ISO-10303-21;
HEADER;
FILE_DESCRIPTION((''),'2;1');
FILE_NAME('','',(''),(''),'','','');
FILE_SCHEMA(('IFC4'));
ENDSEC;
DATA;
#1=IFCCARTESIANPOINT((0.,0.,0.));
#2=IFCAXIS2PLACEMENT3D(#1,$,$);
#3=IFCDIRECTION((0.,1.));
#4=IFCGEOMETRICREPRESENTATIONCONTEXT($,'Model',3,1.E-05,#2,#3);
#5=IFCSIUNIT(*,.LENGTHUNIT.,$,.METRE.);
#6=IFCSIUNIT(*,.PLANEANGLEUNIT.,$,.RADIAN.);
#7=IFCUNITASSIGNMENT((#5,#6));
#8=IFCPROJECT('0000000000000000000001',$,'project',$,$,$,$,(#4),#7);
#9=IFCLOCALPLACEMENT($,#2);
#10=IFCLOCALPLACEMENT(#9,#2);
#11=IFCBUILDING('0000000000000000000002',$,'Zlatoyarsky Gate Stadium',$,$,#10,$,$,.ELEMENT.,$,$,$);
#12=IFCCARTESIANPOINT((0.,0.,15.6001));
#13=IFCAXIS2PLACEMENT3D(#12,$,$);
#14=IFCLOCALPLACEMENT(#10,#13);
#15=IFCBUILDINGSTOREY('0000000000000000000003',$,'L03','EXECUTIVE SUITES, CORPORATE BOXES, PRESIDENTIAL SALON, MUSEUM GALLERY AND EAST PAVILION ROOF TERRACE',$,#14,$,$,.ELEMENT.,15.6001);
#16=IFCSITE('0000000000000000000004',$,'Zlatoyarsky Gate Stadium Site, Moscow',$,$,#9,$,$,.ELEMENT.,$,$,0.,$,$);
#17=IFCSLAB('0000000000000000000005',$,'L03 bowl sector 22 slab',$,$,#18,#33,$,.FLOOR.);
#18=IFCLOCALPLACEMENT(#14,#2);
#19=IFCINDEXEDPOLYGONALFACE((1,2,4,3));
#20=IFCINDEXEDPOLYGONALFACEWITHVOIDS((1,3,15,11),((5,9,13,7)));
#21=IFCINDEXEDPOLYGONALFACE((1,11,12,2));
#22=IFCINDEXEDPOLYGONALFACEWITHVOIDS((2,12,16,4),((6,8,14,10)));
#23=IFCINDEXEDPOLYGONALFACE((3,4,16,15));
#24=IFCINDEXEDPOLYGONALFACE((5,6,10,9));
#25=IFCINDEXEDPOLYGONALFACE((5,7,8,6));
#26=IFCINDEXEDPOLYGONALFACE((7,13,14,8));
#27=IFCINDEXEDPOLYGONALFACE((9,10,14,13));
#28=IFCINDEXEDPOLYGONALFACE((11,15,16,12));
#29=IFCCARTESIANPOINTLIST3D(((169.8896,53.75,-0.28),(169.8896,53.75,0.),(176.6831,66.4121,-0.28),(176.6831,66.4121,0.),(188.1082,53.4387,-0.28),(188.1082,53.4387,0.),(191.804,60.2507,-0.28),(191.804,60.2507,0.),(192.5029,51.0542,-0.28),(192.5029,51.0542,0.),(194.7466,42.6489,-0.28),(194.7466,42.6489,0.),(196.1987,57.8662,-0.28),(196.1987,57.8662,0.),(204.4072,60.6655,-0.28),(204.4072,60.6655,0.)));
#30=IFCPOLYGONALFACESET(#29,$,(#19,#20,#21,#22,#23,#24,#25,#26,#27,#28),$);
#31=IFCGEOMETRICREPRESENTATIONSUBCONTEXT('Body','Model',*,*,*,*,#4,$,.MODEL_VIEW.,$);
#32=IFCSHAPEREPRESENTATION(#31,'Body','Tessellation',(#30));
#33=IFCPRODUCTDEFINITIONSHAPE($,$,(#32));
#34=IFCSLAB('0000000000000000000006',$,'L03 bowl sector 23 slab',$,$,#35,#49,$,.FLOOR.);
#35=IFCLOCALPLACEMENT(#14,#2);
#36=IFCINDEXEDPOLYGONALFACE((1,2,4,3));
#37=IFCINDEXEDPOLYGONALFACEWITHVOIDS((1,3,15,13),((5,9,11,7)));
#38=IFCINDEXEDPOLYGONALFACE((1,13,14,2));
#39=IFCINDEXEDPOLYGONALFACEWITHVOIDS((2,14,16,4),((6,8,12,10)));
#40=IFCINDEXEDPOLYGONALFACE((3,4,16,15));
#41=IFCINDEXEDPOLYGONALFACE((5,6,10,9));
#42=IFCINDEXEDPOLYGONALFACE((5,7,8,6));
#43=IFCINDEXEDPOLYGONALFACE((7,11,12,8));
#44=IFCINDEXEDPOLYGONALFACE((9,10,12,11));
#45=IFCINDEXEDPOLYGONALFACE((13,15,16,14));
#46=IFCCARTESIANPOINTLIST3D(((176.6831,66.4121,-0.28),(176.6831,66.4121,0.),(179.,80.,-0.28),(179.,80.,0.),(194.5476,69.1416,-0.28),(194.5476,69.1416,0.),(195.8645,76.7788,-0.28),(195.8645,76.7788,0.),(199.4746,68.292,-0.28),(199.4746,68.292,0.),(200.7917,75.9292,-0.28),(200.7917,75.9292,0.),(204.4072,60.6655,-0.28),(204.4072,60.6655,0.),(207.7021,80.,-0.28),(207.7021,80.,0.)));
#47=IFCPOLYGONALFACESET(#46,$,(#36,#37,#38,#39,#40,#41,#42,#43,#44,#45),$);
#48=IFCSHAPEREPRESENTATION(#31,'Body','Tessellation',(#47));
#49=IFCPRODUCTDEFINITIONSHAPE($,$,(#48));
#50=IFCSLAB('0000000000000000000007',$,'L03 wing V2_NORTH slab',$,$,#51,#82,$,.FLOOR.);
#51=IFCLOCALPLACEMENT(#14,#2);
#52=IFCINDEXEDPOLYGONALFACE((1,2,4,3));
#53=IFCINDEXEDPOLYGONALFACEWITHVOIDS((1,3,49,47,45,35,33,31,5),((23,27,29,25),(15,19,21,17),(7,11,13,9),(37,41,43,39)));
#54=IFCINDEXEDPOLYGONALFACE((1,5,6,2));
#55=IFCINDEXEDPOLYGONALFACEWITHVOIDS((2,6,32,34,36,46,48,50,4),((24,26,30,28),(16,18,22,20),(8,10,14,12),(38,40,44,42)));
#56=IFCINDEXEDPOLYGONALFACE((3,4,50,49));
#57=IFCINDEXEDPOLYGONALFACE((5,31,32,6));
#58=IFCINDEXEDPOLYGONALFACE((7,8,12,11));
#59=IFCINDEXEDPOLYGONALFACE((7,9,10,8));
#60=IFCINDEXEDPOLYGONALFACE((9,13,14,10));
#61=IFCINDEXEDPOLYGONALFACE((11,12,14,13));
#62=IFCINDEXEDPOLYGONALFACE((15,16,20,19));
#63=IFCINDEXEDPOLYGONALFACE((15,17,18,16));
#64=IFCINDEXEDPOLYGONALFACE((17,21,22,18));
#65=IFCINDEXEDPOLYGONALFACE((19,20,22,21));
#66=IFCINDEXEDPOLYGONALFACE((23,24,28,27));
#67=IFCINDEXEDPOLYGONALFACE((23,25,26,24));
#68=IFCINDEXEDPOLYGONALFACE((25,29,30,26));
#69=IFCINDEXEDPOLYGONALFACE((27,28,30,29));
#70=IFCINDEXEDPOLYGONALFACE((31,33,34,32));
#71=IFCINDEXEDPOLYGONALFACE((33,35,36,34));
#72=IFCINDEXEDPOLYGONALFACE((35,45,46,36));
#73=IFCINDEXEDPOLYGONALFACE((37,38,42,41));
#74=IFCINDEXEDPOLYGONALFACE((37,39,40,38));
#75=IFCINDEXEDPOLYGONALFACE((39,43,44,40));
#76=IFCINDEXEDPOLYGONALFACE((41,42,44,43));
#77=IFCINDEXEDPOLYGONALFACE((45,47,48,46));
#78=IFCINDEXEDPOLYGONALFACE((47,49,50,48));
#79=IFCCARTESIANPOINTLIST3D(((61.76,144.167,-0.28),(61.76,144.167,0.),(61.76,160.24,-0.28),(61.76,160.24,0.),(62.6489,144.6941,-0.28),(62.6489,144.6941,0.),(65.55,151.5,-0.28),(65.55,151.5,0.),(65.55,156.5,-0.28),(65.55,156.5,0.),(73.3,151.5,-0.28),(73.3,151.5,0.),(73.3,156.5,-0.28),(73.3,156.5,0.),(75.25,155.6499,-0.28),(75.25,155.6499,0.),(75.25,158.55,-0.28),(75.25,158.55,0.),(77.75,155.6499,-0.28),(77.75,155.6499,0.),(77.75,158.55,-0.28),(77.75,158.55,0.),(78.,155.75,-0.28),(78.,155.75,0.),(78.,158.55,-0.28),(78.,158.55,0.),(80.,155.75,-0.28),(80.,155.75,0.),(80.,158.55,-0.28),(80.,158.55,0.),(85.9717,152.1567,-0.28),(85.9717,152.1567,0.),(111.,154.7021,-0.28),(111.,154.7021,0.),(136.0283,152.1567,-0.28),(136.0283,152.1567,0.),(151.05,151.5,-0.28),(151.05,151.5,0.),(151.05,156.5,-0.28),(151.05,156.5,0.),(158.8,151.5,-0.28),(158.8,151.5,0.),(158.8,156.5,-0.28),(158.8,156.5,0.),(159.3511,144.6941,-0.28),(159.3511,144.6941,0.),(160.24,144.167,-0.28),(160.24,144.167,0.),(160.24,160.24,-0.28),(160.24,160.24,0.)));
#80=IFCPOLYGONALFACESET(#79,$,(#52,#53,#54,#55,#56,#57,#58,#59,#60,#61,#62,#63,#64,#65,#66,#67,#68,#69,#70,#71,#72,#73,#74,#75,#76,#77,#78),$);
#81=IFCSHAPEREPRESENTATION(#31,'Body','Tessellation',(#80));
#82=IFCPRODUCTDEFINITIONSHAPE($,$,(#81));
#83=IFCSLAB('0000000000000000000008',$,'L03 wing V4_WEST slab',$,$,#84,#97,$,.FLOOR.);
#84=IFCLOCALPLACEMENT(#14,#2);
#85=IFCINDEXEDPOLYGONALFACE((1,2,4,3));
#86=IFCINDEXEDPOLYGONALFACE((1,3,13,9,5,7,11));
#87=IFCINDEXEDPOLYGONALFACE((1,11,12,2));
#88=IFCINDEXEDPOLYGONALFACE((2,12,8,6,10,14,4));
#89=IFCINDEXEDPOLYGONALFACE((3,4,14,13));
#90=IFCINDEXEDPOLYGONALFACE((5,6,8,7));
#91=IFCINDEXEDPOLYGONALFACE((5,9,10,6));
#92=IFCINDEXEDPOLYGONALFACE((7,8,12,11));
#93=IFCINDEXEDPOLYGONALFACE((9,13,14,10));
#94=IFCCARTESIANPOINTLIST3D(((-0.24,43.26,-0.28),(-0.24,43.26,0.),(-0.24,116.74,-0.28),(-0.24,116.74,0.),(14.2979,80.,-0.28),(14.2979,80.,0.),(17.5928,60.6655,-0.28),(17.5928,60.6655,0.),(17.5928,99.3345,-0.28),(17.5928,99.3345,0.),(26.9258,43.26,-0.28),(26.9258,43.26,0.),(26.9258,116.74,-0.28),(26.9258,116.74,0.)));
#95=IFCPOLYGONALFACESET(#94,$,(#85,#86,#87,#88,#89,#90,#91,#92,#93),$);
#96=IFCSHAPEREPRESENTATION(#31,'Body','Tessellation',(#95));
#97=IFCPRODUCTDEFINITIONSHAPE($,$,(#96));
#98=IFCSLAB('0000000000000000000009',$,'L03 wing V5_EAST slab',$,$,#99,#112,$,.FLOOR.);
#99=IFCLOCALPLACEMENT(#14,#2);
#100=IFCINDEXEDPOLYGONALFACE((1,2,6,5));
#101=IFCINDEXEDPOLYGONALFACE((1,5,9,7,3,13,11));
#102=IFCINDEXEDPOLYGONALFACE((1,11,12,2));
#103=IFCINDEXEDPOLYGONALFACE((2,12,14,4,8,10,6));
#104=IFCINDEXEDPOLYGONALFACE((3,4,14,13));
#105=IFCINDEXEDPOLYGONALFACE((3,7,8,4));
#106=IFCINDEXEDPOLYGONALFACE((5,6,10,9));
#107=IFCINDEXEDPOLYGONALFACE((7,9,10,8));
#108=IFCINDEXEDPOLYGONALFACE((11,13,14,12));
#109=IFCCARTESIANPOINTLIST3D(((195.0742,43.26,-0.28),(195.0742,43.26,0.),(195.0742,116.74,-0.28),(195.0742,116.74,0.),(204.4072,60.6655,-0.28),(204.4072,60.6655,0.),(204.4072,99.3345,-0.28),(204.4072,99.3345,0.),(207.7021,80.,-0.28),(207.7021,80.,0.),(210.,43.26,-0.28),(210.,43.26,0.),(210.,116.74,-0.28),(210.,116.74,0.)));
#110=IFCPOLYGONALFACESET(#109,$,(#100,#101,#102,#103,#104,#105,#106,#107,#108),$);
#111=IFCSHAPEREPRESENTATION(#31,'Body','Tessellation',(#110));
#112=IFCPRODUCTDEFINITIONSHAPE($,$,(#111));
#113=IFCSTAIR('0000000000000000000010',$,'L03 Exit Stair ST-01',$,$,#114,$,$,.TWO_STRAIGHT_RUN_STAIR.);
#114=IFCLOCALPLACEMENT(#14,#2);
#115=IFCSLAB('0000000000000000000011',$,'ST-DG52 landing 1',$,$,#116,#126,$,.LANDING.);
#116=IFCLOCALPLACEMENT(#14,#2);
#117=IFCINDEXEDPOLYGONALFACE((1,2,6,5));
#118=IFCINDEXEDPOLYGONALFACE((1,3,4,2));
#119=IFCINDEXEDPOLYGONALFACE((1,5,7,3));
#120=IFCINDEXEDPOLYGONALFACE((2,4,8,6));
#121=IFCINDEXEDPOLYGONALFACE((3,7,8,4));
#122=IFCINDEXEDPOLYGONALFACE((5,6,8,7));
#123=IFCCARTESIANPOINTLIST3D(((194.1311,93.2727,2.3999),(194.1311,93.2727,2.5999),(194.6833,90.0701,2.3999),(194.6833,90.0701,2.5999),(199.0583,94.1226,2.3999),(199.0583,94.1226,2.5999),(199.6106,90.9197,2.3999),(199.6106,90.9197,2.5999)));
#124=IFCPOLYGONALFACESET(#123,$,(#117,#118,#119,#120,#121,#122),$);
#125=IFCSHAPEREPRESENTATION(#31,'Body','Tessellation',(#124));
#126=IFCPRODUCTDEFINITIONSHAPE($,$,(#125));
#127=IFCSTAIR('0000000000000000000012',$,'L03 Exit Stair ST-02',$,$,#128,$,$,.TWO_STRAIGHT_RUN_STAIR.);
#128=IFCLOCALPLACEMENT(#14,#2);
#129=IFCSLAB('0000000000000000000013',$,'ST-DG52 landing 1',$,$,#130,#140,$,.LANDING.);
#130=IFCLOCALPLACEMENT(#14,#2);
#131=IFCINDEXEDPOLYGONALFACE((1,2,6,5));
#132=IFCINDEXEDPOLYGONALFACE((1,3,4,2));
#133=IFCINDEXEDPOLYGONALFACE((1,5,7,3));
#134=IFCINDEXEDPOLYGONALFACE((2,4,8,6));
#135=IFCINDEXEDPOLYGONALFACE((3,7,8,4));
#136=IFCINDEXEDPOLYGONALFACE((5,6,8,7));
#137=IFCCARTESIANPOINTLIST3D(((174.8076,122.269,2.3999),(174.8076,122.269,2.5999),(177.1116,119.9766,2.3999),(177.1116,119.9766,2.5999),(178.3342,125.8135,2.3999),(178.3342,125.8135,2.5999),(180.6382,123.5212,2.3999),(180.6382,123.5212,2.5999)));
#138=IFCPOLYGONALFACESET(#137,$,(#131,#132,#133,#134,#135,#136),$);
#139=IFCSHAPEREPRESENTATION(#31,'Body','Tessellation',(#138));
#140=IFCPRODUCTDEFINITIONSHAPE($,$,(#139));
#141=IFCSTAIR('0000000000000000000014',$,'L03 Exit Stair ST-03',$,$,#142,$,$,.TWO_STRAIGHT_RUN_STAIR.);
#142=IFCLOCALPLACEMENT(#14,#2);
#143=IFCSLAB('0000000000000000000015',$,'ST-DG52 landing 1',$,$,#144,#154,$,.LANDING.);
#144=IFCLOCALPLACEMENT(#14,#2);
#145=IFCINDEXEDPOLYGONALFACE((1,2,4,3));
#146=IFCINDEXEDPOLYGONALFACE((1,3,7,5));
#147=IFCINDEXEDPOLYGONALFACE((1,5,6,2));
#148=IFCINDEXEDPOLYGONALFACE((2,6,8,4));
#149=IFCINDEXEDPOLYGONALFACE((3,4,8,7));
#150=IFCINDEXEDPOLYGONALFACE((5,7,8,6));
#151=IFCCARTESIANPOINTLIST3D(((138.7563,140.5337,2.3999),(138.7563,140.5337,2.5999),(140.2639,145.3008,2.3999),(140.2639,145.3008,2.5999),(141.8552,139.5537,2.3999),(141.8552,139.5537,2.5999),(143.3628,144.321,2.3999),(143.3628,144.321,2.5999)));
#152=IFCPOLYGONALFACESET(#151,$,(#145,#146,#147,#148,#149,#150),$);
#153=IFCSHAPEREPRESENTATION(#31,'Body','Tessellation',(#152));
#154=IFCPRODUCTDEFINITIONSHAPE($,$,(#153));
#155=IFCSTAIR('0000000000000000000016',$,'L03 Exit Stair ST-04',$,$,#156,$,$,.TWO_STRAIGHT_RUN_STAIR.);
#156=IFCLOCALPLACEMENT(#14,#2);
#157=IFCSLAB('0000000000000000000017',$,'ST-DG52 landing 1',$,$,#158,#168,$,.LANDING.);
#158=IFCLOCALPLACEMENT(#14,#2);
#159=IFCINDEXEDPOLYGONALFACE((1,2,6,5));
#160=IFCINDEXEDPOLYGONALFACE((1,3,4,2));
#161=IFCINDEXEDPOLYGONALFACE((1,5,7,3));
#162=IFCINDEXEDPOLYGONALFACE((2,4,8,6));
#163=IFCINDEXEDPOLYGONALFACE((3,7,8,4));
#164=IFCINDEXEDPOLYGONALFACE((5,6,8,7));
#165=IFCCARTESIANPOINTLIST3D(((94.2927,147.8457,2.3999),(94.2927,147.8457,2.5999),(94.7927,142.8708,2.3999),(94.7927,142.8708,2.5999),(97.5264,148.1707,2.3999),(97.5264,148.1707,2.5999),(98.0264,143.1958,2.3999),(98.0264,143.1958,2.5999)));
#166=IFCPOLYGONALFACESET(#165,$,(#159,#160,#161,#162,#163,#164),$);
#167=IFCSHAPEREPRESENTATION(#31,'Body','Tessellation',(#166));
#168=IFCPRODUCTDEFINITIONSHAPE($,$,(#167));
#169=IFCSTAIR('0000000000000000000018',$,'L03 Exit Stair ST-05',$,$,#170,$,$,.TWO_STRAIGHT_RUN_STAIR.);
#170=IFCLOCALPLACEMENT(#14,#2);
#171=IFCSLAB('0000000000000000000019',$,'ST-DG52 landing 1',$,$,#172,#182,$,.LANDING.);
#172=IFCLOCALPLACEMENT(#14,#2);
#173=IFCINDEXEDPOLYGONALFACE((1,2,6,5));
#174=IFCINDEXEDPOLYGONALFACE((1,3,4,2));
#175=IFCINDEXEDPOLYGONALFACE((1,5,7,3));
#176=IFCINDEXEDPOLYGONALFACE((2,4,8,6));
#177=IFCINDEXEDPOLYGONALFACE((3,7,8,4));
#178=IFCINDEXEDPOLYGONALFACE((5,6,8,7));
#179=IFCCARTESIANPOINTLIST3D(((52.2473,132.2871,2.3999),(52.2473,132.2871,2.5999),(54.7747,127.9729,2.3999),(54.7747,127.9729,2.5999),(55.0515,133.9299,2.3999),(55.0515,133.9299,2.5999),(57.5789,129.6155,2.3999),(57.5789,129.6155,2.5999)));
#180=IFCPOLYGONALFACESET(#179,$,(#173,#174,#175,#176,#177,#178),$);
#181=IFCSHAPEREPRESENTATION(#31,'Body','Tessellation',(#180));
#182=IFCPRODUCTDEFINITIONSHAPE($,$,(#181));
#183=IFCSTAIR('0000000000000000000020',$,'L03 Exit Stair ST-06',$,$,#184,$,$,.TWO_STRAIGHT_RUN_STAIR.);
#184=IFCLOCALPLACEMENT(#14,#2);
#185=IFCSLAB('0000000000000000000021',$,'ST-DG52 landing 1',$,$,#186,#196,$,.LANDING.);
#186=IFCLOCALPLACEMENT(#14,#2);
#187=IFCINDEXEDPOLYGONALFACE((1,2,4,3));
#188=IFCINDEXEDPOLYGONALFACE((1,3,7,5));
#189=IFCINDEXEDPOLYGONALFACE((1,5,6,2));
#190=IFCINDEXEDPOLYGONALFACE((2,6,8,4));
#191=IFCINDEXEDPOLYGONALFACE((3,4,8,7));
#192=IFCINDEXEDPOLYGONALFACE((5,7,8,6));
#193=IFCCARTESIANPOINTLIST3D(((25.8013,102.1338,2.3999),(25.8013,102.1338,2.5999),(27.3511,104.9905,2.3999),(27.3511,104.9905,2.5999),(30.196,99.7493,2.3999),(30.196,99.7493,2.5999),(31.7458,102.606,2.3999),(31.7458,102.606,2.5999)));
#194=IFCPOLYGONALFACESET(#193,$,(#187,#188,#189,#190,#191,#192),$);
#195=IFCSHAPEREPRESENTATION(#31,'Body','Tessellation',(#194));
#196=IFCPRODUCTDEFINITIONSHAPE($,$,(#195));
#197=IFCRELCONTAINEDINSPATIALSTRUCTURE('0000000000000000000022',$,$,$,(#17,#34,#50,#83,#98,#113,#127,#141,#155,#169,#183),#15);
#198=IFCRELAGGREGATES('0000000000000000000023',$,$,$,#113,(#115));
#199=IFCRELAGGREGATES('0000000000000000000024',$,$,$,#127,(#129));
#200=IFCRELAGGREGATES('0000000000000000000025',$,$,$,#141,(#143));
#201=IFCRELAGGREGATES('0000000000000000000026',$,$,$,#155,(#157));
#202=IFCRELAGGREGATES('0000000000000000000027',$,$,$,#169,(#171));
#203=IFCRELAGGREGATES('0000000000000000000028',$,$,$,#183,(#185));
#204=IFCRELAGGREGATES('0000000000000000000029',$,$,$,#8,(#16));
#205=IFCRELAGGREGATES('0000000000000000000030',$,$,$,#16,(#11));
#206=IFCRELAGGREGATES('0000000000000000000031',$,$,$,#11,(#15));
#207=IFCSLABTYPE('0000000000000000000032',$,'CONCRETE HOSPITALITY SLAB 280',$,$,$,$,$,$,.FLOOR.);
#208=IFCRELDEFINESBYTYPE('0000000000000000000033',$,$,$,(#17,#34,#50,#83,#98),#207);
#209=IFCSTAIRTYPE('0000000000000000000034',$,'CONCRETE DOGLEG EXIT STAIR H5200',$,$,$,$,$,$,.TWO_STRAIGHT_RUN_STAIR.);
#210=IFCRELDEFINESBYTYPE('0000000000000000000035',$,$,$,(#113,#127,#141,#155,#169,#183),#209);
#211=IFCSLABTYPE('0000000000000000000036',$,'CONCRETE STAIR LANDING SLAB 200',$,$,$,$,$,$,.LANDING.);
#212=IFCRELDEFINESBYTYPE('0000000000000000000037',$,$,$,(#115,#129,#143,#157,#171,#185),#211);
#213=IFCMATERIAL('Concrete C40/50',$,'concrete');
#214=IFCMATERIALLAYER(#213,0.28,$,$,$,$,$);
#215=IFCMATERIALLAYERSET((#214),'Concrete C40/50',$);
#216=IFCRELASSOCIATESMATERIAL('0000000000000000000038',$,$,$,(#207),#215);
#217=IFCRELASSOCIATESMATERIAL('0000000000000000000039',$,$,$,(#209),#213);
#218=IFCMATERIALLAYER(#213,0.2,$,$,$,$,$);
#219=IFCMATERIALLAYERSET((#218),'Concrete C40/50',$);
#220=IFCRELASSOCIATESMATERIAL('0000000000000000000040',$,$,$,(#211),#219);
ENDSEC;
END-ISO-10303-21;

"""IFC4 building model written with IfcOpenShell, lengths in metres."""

from ifc_helpers import new_model, si_unit, direction, frame, origin, place, context, subcontext, project, spatial, polyline, outline, extrude, material, layer, layer_set, type_object, element, aggregate, save


model = new_model("IFC4")

# Units and contexts
model_context = context("Model", 3, precision=1e-05, world=origin(), true_north=direction((0.0, 1.0)))
body_context = subcontext(model_context, "Body", "Model", "MODEL_VIEW")
ifc_project = project(units=[si_unit("LENGTHUNIT", "METRE"), si_unit("PLANEANGLEUNIT", "RADIAN")], contexts=[model_context])

# Site, building, storey
site_placement = place(None, origin())
site = spatial("IfcSite", under=ifc_project, at=site_placement, Name="Zlatoyarsky Gate Stadium Site, Moscow", CompositionType="ELEMENT", RefElevation=0.0)
building_placement = place(site_placement, origin())
building = spatial("IfcBuilding", under=site, at=building_placement, Name="Zlatoyarsky Gate Stadium", CompositionType="ELEMENT")
storey_placement = place(building_placement, frame((0.0, 0.0, 15.6001)))
storey = spatial("IfcBuildingStorey", under=building, at=storey_placement, Name="L03", Description="EXECUTIVE SUITES, CORPORATE BOXES, PRESIDENTIAL SALON, MUSEUM GALLERY AND EAST PAVILION ROOF TERRACE", CompositionType="ELEMENT", Elevation=15.6001)

# Slabs
ifc_material = material(Name="Concrete C40/50", Category="concrete")
ifc_layer_1 = layer(ifc_material, 0.28)
ifc_layer_set_1 = layer_set([ifc_layer_1], Name="Concrete C40/50")
slab_type_1 = type_object("IfcSlabType", Name="CONCRETE HOSPITALITY SLAB 280", PredefinedType="FLOOR", material=ifc_layer_set_1)
slab_1_placement = place(storey_placement, frame((0.0, 0.0, -0.28)))
element("IfcSlab", 1, at=slab_1_placement, inside=storey, type_object=slab_type_1, Name="L03 bowl sector 22 slab", PredefinedType="FLOOR", context=body_context, shape_type="SweptSolid", body=[
    extrude(outline(polyline([(176.6831, 66.4121), (204.4072, 60.6655), (194.7466, 42.6489), (169.8896, 53.75), (176.6831, 66.4121)]), holes=[polyline([(188.1082, 53.4387), (192.5029, 51.0542), (196.1987, 57.8662), (191.804, 60.2507), (188.1082, 53.4387)])]), origin(), (0.0, 0.0, 1.0), 0.28),
])
slab_2_placement = place(storey_placement, frame((0.0, 0.0, -0.28)))
element("IfcSlab", 2, at=slab_2_placement, inside=storey, type_object=slab_type_1, Name="L03 bowl sector 23 slab", PredefinedType="FLOOR", context=body_context, shape_type="SweptSolid", body=[
    extrude(outline(polyline([(179.0, 80.0), (207.7021, 80.0), (204.4072, 60.6655), (176.6831, 66.4121), (179.0, 80.0)]), holes=[polyline([(194.5476, 69.1416), (199.4746, 68.292), (200.7917, 75.9292), (195.8645, 76.7788), (194.5476, 69.1416)])]), origin(), (0.0, 0.0, 1.0), 0.28),
])
slab_3_placement = place(storey_placement, frame((0.0, 0.0, -0.28)))
element("IfcSlab", 3, at=slab_3_placement, inside=storey, type_object=slab_type_1, Name="L03 wing V2_NORTH slab", PredefinedType="FLOOR", context=body_context, shape_type="SweptSolid", body=[
    extrude(outline(polyline([(160.24, 144.167), (159.3511, 144.6941), (136.0283, 152.1567), (111.0, 154.7021), (85.9717, 152.1567), (62.6489, 144.6941), (61.76, 144.167), (61.76, 160.24), (160.24, 160.24), (160.24, 144.167)]), holes=[polyline([(73.3, 151.5), (73.3, 156.5), (65.55, 156.5), (65.55, 151.5), (73.3, 151.5)]), polyline([(77.75, 158.55), (75.25, 158.55), (75.25, 155.6499), (77.75, 155.6499), (77.75, 158.55)]), polyline([(80.0, 158.55), (78.0, 158.55), (78.0, 155.75), (80.0, 155.75), (80.0, 158.55)]), polyline([(151.05, 151.5), (158.8, 151.5), (158.8, 156.5), (151.05, 156.5), (151.05, 151.5)])]), origin(), (0.0, 0.0, 1.0), 0.28),
])
slab_4_placement = place(storey_placement, frame((0.0, 0.0, -0.28)))
element("IfcSlab", 4, at=slab_4_placement, inside=storey, type_object=slab_type_1, Name="L03 wing V4_WEST slab", PredefinedType="FLOOR", context=body_context, shape_type="SweptSolid", body=[
    extrude(outline(polyline([(26.9258, 116.74), (17.5928, 99.3345), (14.2979, 80.0), (17.5928, 60.6655), (26.9258, 43.26), (-0.24, 43.26), (-0.24, 116.74), (26.9258, 116.74)])), origin(), (0.0, 0.0, 1.0), 0.28),
])
slab_5_placement = place(storey_placement, frame((0.0, 0.0, -0.28)))
element("IfcSlab", 5, at=slab_5_placement, inside=storey, type_object=slab_type_1, Name="L03 wing V5_EAST slab", PredefinedType="FLOOR", context=body_context, shape_type="SweptSolid", body=[
    extrude(outline(polyline([(195.0742, 43.26), (204.4072, 60.6655), (207.7021, 80.0), (204.4072, 99.3345), (195.0742, 116.74), (210.0, 116.74), (210.0, 43.26), (195.0742, 43.26)])), origin(), (0.0, 0.0, 1.0), 0.28),
])

# Stairs, slabs
stair_type = type_object("IfcStairType", Name="CONCRETE DOGLEG EXIT STAIR H5200", PredefinedType="TWO_STRAIGHT_RUN_STAIR", material=ifc_material)
stair_1_placement = place(storey_placement, origin())
stair_1 = element("IfcStair", 6, at=stair_1_placement, inside=storey, type_object=stair_type, Name="L03 Exit Stair ST-01", PredefinedType="TWO_STRAIGHT_RUN_STAIR")
ifc_layer_2 = layer(ifc_material, 0.2)
ifc_layer_set_2 = layer_set([ifc_layer_2], Name="Concrete C40/50")
slab_type_2 = type_object("IfcSlabType", Name="CONCRETE STAIR LANDING SLAB 200", PredefinedType="LANDING", material=ifc_layer_set_2)
slab_6_placement = place(storey_placement, frame((0.0, 0.0, 2.3999)))
slab_6 = element("IfcSlab", 7, at=slab_6_placement, type_object=slab_type_2, Name="ST-DG52 landing 1", PredefinedType="LANDING", context=body_context, shape_type="SweptSolid", body=[
    extrude(outline(polyline([(199.6106, 90.9197), (199.0583, 94.1226), (194.1311, 93.2727), (194.6833, 90.0701), (199.6106, 90.9197)])), origin(), (0.0, 0.0, 1.0), 0.2),
])
aggregate(stair_1, [slab_6])
stair_2_placement = place(storey_placement, origin())
stair_2 = element("IfcStair", 8, at=stair_2_placement, inside=storey, type_object=stair_type, Name="L03 Exit Stair ST-02", PredefinedType="TWO_STRAIGHT_RUN_STAIR")
slab_7_placement = place(storey_placement, frame((0.0, 0.0, 2.3999)))
slab_7 = element("IfcSlab", 9, at=slab_7_placement, type_object=slab_type_2, Name="ST-DG52 landing 1", PredefinedType="LANDING", context=body_context, shape_type="SweptSolid", body=[
    extrude(outline(polyline([(180.6382, 123.5212), (178.3342, 125.8135), (174.8076, 122.269), (177.1116, 119.9766), (180.6382, 123.5212)])), origin(), (0.0, 0.0, 1.0), 0.2),
])
aggregate(stair_2, [slab_7])
stair_3_placement = place(storey_placement, origin())
stair_3 = element("IfcStair", 10, at=stair_3_placement, inside=storey, type_object=stair_type, Name="L03 Exit Stair ST-03", PredefinedType="TWO_STRAIGHT_RUN_STAIR")
slab_8_placement = place(storey_placement, frame((0.0, 0.0, 2.3999)))
slab_8 = element("IfcSlab", 11, at=slab_8_placement, type_object=slab_type_2, Name="ST-DG52 landing 1", PredefinedType="LANDING", context=body_context, shape_type="SweptSolid", body=[
    extrude(outline(polyline([(143.3628, 144.321), (140.2639, 145.3008), (138.7563, 140.5337), (141.8552, 139.5537), (143.3628, 144.321)])), origin(), (0.0, 0.0, 1.0), 0.2),
])
aggregate(stair_3, [slab_8])
stair_4_placement = place(storey_placement, origin())
stair_4 = element("IfcStair", 12, at=stair_4_placement, inside=storey, type_object=stair_type, Name="L03 Exit Stair ST-04", PredefinedType="TWO_STRAIGHT_RUN_STAIR")
slab_9_placement = place(storey_placement, frame((0.0, 0.0, 2.3999)))
slab_9 = element("IfcSlab", 13, at=slab_9_placement, type_object=slab_type_2, Name="ST-DG52 landing 1", PredefinedType="LANDING", context=body_context, shape_type="SweptSolid", body=[
    extrude(outline(polyline([(97.5264, 148.1707), (94.2927, 147.8457), (94.7927, 142.8708), (98.0264, 143.1958), (97.5264, 148.1707)])), origin(), (0.0, 0.0, 1.0), 0.2),
])
aggregate(stair_4, [slab_9])
stair_5_placement = place(storey_placement, origin())
stair_5 = element("IfcStair", 14, at=stair_5_placement, inside=storey, type_object=stair_type, Name="L03 Exit Stair ST-05", PredefinedType="TWO_STRAIGHT_RUN_STAIR")
slab_10_placement = place(storey_placement, frame((0.0, 0.0, 2.3999)))
slab_10 = element("IfcSlab", 15, at=slab_10_placement, type_object=slab_type_2, Name="ST-DG52 landing 1", PredefinedType="LANDING", context=body_context, shape_type="SweptSolid", body=[
    extrude(outline(polyline([(55.0515, 133.9299), (52.2473, 132.2871), (54.7747, 127.9729), (57.5789, 129.6155), (55.0515, 133.9299)])), origin(), (0.0, 0.0, 1.0), 0.2),
])
aggregate(stair_5, [slab_10])
stair_6_placement = place(storey_placement, origin())
stair_6 = element("IfcStair", 16, at=stair_6_placement, inside=storey, type_object=stair_type, Name="L03 Exit Stair ST-06", PredefinedType="TWO_STRAIGHT_RUN_STAIR")
slab_11_placement = place(storey_placement, frame((0.0, 0.0, 2.3999)))
slab_11 = element("IfcSlab", 17, at=slab_11_placement, type_object=slab_type_2, Name="ST-DG52 landing 1", PredefinedType="LANDING", context=body_context, shape_type="SweptSolid", body=[
    extrude(outline(polyline([(27.3511, 104.9905), (25.8013, 102.1338), (30.196, 99.7493), (31.7458, 102.606), (27.3511, 104.9905)])), origin(), (0.0, 0.0, 1.0), 0.2),
])
aggregate(stair_6, [slab_11])

save(model, "model.ifc")
